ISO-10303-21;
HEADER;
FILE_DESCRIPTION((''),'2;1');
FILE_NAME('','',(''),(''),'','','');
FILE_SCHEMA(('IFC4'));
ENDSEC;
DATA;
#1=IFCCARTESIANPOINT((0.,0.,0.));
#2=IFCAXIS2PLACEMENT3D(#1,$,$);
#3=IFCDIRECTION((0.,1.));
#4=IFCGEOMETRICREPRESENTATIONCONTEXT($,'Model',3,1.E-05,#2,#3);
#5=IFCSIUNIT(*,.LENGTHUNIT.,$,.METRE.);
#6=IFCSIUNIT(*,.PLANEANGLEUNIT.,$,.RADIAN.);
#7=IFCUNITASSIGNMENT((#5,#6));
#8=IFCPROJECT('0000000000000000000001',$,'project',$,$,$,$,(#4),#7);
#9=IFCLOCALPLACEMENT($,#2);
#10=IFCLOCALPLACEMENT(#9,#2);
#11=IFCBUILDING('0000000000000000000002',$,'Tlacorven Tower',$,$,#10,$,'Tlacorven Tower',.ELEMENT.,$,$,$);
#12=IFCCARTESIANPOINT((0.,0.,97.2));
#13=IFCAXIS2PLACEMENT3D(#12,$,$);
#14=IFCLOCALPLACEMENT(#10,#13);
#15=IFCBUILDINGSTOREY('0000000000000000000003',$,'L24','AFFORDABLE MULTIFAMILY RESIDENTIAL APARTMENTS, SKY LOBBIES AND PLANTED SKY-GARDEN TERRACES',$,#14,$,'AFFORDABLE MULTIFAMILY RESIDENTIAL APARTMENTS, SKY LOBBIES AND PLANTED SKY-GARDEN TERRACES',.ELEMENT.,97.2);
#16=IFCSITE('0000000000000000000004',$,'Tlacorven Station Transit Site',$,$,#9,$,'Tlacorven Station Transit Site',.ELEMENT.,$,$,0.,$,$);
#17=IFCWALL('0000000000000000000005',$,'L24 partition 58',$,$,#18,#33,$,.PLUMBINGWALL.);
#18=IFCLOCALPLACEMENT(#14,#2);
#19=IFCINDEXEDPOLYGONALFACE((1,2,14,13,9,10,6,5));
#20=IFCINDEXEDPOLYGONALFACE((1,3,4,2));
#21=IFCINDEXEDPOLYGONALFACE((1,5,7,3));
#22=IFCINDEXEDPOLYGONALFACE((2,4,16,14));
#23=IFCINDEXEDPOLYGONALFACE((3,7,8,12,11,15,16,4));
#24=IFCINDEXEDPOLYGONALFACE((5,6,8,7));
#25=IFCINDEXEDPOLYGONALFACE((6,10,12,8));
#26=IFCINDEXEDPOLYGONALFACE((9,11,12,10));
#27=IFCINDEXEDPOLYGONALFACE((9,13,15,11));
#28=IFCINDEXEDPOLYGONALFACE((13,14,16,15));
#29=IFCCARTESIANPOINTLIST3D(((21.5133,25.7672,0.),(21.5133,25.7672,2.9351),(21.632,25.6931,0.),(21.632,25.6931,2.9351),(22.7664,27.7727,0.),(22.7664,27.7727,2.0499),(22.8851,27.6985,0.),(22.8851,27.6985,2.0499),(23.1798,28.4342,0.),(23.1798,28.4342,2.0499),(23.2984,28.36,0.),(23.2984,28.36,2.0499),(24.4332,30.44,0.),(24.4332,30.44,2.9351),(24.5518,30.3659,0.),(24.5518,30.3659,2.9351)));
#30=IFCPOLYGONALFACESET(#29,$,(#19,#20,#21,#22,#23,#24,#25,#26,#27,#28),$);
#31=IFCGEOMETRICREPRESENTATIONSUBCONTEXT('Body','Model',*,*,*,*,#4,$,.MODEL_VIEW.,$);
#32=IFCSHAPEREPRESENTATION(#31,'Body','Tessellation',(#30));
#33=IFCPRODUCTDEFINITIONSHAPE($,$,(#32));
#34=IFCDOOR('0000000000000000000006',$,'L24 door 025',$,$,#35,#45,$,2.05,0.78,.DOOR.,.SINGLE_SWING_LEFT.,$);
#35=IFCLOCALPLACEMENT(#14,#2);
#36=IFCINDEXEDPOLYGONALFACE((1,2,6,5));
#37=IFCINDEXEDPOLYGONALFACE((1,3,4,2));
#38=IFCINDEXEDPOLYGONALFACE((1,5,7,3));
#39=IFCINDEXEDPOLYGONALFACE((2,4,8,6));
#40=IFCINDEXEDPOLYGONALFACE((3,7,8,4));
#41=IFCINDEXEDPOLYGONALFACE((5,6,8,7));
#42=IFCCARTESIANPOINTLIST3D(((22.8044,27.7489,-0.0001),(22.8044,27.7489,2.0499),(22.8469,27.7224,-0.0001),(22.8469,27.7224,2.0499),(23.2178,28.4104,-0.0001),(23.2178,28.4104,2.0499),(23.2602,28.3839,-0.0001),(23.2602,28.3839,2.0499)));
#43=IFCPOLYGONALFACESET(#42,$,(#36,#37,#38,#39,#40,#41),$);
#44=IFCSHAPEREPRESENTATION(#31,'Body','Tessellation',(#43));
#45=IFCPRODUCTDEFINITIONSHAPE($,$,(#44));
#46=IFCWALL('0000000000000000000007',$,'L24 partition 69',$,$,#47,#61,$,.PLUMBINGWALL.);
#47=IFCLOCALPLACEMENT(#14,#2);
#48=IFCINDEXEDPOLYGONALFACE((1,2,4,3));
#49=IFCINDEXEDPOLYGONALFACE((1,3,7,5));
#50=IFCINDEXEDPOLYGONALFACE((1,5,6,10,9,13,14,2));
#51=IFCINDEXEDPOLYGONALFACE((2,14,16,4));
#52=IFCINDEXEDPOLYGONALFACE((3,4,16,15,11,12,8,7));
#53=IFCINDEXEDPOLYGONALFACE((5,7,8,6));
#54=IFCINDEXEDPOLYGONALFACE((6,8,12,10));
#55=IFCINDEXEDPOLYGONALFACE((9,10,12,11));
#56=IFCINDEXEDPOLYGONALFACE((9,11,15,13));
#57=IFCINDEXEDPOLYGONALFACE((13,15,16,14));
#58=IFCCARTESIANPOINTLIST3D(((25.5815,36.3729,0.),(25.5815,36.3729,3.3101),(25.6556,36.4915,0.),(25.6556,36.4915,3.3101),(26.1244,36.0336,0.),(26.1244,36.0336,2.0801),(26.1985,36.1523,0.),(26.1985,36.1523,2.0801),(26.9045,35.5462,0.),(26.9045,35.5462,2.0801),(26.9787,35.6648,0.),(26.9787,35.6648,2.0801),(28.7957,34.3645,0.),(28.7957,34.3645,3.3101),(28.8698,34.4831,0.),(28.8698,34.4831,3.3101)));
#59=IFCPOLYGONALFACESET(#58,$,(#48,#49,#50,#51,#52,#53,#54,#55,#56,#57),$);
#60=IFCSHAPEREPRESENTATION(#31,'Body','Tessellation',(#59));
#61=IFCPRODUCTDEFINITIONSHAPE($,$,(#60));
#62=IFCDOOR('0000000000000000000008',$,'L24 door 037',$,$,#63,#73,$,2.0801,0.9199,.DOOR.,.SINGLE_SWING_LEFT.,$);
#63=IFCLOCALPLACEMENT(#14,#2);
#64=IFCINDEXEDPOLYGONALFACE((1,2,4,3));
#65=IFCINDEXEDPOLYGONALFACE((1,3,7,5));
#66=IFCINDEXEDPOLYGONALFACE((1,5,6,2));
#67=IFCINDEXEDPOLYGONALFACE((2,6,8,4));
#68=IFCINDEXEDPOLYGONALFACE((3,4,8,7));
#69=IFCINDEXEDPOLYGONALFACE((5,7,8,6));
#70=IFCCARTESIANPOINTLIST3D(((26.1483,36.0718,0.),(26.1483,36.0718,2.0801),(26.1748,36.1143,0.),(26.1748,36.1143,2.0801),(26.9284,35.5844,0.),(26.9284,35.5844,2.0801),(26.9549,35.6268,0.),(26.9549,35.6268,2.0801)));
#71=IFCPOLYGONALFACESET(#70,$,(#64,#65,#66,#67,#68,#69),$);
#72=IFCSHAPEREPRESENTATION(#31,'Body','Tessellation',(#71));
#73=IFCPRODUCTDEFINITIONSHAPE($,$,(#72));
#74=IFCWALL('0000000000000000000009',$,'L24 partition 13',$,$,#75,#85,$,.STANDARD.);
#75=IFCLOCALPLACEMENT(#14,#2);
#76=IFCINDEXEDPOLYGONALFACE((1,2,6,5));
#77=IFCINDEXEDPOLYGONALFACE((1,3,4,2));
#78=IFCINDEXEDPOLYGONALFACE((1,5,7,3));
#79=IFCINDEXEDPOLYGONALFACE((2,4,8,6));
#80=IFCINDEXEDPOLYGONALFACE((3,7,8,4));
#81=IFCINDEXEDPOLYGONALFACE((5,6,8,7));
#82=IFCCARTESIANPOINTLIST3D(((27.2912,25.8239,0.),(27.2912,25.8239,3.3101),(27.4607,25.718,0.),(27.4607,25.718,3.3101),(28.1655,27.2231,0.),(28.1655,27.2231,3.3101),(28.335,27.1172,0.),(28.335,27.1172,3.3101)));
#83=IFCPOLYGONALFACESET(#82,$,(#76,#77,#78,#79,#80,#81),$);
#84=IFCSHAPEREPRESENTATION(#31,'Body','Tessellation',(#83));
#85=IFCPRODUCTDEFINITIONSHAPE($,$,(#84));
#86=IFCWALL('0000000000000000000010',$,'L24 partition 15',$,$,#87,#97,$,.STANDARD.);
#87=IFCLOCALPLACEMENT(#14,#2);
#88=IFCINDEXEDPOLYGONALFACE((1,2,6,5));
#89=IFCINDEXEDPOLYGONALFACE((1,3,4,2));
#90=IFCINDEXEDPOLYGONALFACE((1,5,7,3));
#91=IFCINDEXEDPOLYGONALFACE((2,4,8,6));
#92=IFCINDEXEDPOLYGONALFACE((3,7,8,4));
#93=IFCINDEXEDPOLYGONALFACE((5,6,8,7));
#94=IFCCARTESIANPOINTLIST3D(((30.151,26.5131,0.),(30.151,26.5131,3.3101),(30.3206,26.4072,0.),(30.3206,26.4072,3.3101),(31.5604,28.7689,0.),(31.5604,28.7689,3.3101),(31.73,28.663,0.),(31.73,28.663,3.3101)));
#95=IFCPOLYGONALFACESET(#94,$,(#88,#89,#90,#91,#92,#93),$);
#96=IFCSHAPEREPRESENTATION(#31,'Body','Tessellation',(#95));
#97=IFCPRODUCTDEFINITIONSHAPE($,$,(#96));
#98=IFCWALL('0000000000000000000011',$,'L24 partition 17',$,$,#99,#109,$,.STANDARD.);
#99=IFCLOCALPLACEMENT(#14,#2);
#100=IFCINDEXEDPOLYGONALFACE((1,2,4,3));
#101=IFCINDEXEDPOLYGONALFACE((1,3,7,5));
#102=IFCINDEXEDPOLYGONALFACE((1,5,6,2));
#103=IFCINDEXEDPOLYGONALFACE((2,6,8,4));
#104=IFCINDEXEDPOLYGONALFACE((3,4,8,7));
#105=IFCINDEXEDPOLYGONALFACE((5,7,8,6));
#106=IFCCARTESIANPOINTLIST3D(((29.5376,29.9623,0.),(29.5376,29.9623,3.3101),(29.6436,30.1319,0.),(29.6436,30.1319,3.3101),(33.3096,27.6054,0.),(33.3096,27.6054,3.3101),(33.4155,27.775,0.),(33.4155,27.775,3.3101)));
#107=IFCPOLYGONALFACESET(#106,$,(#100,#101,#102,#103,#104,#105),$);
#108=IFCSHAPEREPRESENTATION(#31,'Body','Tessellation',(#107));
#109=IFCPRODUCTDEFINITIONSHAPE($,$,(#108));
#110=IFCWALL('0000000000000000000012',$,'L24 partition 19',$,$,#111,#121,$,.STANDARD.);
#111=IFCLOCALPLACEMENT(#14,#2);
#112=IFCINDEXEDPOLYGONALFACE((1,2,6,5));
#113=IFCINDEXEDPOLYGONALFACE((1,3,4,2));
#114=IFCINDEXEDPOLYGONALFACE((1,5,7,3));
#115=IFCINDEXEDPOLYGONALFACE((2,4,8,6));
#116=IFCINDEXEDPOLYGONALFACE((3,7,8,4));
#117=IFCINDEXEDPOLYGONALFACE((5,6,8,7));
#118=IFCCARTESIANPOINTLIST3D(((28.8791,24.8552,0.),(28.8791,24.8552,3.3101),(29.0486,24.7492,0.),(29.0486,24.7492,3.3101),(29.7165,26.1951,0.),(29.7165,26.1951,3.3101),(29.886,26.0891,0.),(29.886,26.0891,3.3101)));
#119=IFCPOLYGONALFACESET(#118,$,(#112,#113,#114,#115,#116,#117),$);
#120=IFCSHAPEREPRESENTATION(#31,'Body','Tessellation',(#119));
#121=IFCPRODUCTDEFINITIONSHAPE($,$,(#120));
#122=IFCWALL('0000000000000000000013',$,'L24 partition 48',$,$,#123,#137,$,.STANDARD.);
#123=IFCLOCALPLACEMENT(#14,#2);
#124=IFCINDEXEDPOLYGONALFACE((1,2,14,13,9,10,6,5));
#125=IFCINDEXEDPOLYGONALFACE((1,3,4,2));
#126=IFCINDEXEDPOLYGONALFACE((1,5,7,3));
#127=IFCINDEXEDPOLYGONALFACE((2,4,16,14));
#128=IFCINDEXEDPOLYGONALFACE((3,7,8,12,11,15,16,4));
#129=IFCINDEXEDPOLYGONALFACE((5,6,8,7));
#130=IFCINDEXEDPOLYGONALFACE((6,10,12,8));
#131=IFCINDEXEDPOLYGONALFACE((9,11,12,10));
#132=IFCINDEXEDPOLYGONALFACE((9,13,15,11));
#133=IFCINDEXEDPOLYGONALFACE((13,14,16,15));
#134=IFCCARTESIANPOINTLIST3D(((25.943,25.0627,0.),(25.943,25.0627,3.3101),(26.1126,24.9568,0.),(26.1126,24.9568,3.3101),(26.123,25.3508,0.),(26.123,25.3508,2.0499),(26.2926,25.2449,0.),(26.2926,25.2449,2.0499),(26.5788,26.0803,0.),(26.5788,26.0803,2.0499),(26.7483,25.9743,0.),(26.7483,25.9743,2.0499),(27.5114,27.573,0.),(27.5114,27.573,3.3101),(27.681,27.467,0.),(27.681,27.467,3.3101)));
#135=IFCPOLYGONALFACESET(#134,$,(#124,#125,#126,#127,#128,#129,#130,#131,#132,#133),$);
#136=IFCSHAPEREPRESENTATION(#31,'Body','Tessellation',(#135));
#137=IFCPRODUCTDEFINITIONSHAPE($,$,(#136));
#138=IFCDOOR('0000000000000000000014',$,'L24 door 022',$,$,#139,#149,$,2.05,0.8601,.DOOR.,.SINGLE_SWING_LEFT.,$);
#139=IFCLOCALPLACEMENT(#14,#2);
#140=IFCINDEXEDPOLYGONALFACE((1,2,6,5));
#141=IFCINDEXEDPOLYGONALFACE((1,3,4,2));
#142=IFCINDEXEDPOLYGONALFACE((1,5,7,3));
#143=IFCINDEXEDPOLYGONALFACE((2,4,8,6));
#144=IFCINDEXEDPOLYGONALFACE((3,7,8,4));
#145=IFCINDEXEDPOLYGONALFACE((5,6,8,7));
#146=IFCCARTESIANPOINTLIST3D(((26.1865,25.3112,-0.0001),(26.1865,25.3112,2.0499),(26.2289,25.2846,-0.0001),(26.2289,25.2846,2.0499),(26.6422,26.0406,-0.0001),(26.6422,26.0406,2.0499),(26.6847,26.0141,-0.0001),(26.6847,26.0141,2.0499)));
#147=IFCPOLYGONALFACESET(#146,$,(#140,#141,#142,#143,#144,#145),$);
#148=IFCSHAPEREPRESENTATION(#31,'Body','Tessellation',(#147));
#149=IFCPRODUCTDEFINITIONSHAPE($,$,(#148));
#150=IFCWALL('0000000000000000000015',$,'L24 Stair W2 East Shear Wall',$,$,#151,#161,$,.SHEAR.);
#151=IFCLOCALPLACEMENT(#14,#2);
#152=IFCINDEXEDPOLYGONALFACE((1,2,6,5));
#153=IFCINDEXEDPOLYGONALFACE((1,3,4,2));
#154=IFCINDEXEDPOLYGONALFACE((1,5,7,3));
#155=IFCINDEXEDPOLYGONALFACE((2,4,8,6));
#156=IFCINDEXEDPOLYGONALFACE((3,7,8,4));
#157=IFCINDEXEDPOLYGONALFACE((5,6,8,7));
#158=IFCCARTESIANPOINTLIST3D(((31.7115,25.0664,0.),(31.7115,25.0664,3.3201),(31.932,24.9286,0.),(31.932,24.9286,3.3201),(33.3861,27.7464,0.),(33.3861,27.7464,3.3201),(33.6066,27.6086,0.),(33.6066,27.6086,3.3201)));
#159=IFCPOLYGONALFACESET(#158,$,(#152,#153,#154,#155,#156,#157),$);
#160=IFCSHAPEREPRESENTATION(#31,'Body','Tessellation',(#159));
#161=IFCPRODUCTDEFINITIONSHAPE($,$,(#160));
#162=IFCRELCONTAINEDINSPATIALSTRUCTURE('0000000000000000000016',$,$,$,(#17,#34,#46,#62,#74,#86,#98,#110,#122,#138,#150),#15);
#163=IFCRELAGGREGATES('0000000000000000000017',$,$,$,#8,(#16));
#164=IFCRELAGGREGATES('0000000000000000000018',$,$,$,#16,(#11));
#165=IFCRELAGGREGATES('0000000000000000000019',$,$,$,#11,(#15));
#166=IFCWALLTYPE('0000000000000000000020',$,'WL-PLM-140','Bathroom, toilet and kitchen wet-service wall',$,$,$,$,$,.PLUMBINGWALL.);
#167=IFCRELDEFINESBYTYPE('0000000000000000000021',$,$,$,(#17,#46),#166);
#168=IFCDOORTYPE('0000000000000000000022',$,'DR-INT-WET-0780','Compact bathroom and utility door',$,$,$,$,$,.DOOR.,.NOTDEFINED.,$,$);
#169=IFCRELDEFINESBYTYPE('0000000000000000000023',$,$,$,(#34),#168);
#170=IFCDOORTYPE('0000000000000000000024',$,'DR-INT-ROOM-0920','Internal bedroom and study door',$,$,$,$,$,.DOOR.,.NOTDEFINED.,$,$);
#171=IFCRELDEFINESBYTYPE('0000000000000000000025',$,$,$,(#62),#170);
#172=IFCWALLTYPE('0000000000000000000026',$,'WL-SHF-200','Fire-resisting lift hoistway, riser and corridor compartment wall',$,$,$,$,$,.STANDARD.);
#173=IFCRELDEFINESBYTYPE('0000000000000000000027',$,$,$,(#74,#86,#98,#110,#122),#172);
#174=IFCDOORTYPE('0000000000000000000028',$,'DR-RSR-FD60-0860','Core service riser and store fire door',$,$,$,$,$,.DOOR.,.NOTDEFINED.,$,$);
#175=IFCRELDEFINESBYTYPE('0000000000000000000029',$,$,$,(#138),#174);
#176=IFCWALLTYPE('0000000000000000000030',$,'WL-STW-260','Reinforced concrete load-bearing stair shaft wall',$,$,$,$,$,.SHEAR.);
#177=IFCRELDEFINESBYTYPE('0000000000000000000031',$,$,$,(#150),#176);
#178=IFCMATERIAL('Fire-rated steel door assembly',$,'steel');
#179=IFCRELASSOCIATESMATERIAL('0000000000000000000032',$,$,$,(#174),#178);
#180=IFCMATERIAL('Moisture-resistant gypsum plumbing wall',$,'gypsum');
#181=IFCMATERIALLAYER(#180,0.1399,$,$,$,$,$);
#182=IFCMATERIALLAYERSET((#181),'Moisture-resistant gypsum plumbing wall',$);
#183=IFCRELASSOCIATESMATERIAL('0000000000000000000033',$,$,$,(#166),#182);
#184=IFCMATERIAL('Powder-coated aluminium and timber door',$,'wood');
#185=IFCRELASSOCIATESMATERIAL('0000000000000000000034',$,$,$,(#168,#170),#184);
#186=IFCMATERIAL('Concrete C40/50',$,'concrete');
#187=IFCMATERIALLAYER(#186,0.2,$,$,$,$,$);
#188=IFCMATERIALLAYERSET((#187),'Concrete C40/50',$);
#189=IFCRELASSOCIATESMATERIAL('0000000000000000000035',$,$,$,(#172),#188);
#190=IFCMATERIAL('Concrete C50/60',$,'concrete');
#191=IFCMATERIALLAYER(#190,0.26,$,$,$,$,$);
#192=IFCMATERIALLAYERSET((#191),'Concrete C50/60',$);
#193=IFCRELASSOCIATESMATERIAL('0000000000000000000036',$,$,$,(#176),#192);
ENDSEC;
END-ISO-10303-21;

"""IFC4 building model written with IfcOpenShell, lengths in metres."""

from ifc_helpers import new_model, si_unit, direction, frame, frame_2d, origin, place, context, subcontext, project, spatial, rectangle, extrude, source, transform, mapped, material, layer, layer_set, type_object, element, fill, save


model = new_model("IFC4")

# Units and contexts
model_context = context("Model", 3, precision=1e-05, world=origin(), true_north=direction((0.0, 1.0)))
body_context = subcontext(model_context, "Body", "Model", "MODEL_VIEW")
ifc_project = project(units=[si_unit("LENGTHUNIT", "METRE"), si_unit("PLANEANGLEUNIT", "RADIAN")], contexts=[model_context])

# Site, building, storey
site_placement = place(None, origin())
site = spatial("IfcSite", under=ifc_project, at=site_placement, Name="Tlacorven Station Transit Site", LongName="Tlacorven Station Transit Site", CompositionType="ELEMENT", RefElevation=0.0)
building_placement = place(site_placement, origin())
building = spatial("IfcBuilding", under=site, at=building_placement, Name="Tlacorven Tower", LongName="Tlacorven Tower", CompositionType="ELEMENT")
storey_placement = place(building_placement, frame((0.0, 0.0, 97.2)))
storey = spatial("IfcBuildingStorey", under=building, at=storey_placement, Name="L24", Description="AFFORDABLE MULTIFAMILY RESIDENTIAL APARTMENTS, SKY LOBBIES AND PLANTED SKY-GARDEN TERRACES", LongName="AFFORDABLE MULTIFAMILY RESIDENTIAL APARTMENTS, SKY LOBBIES AND PLANTED SKY-GARDEN TERRACES", CompositionType="ELEMENT", Elevation=97.2)

# Shared definitions
ifc_material_1 = material(Name="Fire-rated steel door assembly", Category="steel")
door_type_1 = type_object("IfcDoorType", Name="DR-RSR-FD60-0860", Description="Core service riser and store fire door", OperationType="NOTDEFINED", PredefinedType="DOOR", material=ifc_material_1)
shared_shape_1 = source(origin(), body_context, "Body", "SweptSolid", [
    extrude(rectangle(XDim=0.8601, YDim=2.05, at=frame_2d((0.4302, 1.0249))), frame((0.0, 0.0249, 0.0), z_axis=(0.0, -1.0, 0.0), x_axis=(1.0, 0.0, 0.0)), (0.0, 0.0, 1.0), 0.05),
])

# Walls, openings, doors
ifc_material_2 = material(Name="Moisture-resistant gypsum plumbing wall", Category="gypsum")
ifc_layer_1 = layer(ifc_material_2, 0.1399)
ifc_layer_set_1 = layer_set([ifc_layer_1], Name="Moisture-resistant gypsum plumbing wall")
wall_type_1 = type_object("IfcWallType", Name="WL-PLM-140", Description="Bathroom, toilet and kitchen wet-service wall", PredefinedType="PLUMBINGWALL", material=ifc_layer_set_1)
wall_1_placement = place(storey_placement, frame((24.4924, 30.4028, 0.0), z_axis=(0.0, 0.0, 1.0), x_axis=(-0.529919, -0.848048, 0.0)))
wall_1 = element("IfcWall", 1, at=wall_1_placement, inside=storey, type_object=wall_type_1, Name="L24 partition 58", PredefinedType="PLUMBINGWALL", context=body_context, shape_type="SweptSolid", body=[
    extrude(rectangle(XDim=5.51, YDim=0.1399, at=frame_2d((2.7549, 0.0))), origin(), (0.0, 0.0, 1.0), 2.9351),
])
opening_1_placement = place(wall_1_placement, frame((2.365, 0.0, 0.0)))
opening_1 = element("IfcOpeningElement", 2, at=opening_1_placement, cuts=wall_1, PredefinedType="OPENING", context=body_context, shape_type="SweptSolid", body=[
    extrude(rectangle(XDim=0.78, YDim=2.05, at=frame_2d((0.3901, 1.0249))), frame((0.0, 0.0801, 0.0), z_axis=(0.0, -1.0, 0.0), x_axis=(1.0, 0.0, 0.0)), (0.0, 0.0, 1.0), 0.1599),
])
ifc_material_3 = material(Name="Powder-coated aluminium and timber door", Category="wood")
door_type_2 = type_object("IfcDoorType", Name="DR-INT-WET-0780", Description="Compact bathroom and utility door", OperationType="NOTDEFINED", PredefinedType="DOOR", material=ifc_material_3)
shared_shape_2 = source(origin(), body_context, "Body", "SweptSolid", [
    extrude(rectangle(XDim=0.78, YDim=2.05, at=frame_2d((0.3901, 1.0249))), frame((0.0, 0.0249, 0.0), z_axis=(0.0, -1.0, 0.0), x_axis=(1.0, 0.0, 0.0)), (0.0, 0.0, 1.0), 0.05),
])
door_1_placement = place(opening_1_placement, origin())
door_1 = element("IfcDoor", 3, at=door_1_placement, inside=storey, type_object=door_type_2, Name="L24 door 025", OperationType="SINGLE_SWING_LEFT", OverallHeight=2.05, OverallWidth=0.78, PredefinedType="DOOR", context=body_context, shape_type="MappedRepresentation", body=[
    mapped(shared_shape_2, transform((0.0, 0.0, 0.0), scale=1.0)),
])
fill(opening_1, door_1)
wall_2_placement = place(storey_placement, frame((28.8328, 34.4238, 0.0), z_axis=(0.0, 0.0, 1.0), x_axis=(-0.84806, 0.529901, 0.0)))
wall_2 = element("IfcWall", 4, at=wall_2_placement, inside=storey, type_object=wall_type_1, Name="L24 partition 69", PredefinedType="PLUMBINGWALL", context=body_context, shape_type="SweptSolid", body=[
    extrude(rectangle(XDim=3.79, YDim=0.1399, at=frame_2d((1.895, 0.0))), origin(), (0.0, 0.0, 1.0), 3.3101),
])
opening_2_placement = place(wall_2_placement, frame((2.23, 0.0, 0.0)))
opening_2 = element("IfcOpeningElement", 5, at=opening_2_placement, cuts=wall_2, PredefinedType="OPENING", context=body_context, shape_type="SweptSolid", body=[
    extrude(rectangle(XDim=0.9199, YDim=2.0801, at=frame_2d((0.46, 1.04))), frame((0.0, 0.0801, 0.0), z_axis=(0.0, -1.0, 0.0), x_axis=(1.0, 0.0, 0.0)), (0.0, 0.0, 1.0), 0.1599),
])
door_type_3 = type_object("IfcDoorType", Name="DR-INT-ROOM-0920", Description="Internal bedroom and study door", OperationType="NOTDEFINED", PredefinedType="DOOR", material=ifc_material_3)
shared_shape_3 = source(origin(), body_context, "Body", "SweptSolid", [
    extrude(rectangle(XDim=0.9199, YDim=2.0801, at=frame_2d((0.46, 1.04))), frame((0.0, 0.0249, 0.0), z_axis=(0.0, -1.0, 0.0), x_axis=(1.0, 0.0, 0.0)), (0.0, 0.0, 1.0), 0.05),
])
door_2_placement = place(opening_2_placement, origin())
door_2 = element("IfcDoor", 6, at=door_2_placement, inside=storey, type_object=door_type_3, Name="L24 door 037", OperationType="SINGLE_SWING_LEFT", OverallHeight=2.0801, OverallWidth=0.9199, PredefinedType="DOOR", context=body_context, shape_type="MappedRepresentation", body=[
    mapped(shared_shape_3, transform((0.0, 0.0, 0.0), scale=1.0)),
])
fill(opening_2, door_2)

# Walls
ifc_material_4 = material(Name="Concrete C40/50", Category="concrete")
ifc_layer_2 = layer(ifc_material_4, 0.2)
ifc_layer_set_2 = layer_set([ifc_layer_2], Name="Concrete C40/50")
wall_type_2 = type_object("IfcWallType", Name="WL-SHF-200", Description="Fire-resisting lift hoistway, riser and corridor compartment wall", PredefinedType="STANDARD", material=ifc_layer_set_2)
wall_3_placement = place(storey_placement, frame((28.2502, 27.1702, 0.0), z_axis=(0.0, 0.0, 1.0), x_axis=(-0.529906, -0.848056, 0.0)))
element("IfcWall", 7, at=wall_3_placement, inside=storey, type_object=wall_type_2, Name="L24 partition 13", PredefinedType="STANDARD", context=body_context, shape_type="SweptSolid", body=[
    extrude(rectangle(XDim=1.6499, YDim=0.2, at=frame_2d((0.825, 0.0))), origin(), (0.0, 0.0, 1.0), 3.3101),
])
wall_4_placement = place(storey_placement, frame((31.6453, 28.7161, 0.0), z_axis=(0.0, 0.0, 1.0), x_axis=(-0.529867, -0.848081, 0.0)))
element("IfcWall", 8, at=wall_4_placement, inside=storey, type_object=wall_type_2, Name="L24 partition 15", PredefinedType="STANDARD", context=body_context, shape_type="SweptSolid", body=[
    extrude(rectangle(XDim=2.6599, YDim=0.2, at=frame_2d((1.3301, 0.0))), origin(), (0.0, 0.0, 1.0), 3.3101),
])
wall_5_placement = place(storey_placement, frame((33.3625, 27.6902, 0.0), z_axis=(0.0, 0.0, 1.0), x_axis=(-0.848054, 0.52991, 0.0)))
element("IfcWall", 9, at=wall_5_placement, inside=storey, type_object=wall_type_2, Name="L24 partition 17", PredefinedType="STANDARD", context=body_context, shape_type="SweptSolid", body=[
    extrude(rectangle(XDim=4.4478, YDim=0.2, at=frame_2d((2.2239, 0.0))), origin(), (0.0, 0.0, 1.0), 3.3101),
])
wall_6_placement = place(storey_placement, frame((29.8013, 26.1421, 0.0), z_axis=(0.0, 0.0, 1.0), x_axis=(-0.529999, -0.847998, 0.0)))
element("IfcWall", 10, at=wall_6_placement, inside=storey, type_object=wall_type_2, Name="L24 partition 19", PredefinedType="STANDARD", context=body_context, shape_type="SweptSolid", body=[
    extrude(rectangle(XDim=1.5801, YDim=0.2, at=frame_2d((0.79, 0.0))), origin(), (0.0, 0.0, 1.0), 3.3101),
])

# Wall, opening, door
wall_7_placement = place(storey_placement, frame((27.5962, 27.52, 0.0), z_axis=(0.0, 0.0, 1.0), x_axis=(-0.529865, -0.848082, 0.0)))
wall_7 = element("IfcWall", 11, at=wall_7_placement, inside=storey, type_object=wall_type_2, Name="L24 partition 48", PredefinedType="STANDARD", context=body_context, shape_type="SweptSolid", body=[
    extrude(rectangle(XDim=2.96, YDim=0.2, at=frame_2d((1.48, 0.0))), origin(), (0.0, 0.0, 1.0), 3.3101),
])
opening_3_placement = place(wall_7_placement, frame((1.76, 0.0, 0.0)))
opening_3 = element("IfcOpeningElement", 12, at=opening_3_placement, cuts=wall_7, PredefinedType="OPENING", context=body_context, shape_type="SweptSolid", body=[
    extrude(rectangle(XDim=0.8601, YDim=2.05, at=frame_2d((0.4302, 1.0249))), frame((0.0, 0.1099, 0.0), z_axis=(0.0, -1.0, 0.0), x_axis=(1.0, 0.0, 0.0)), (0.0, 0.0, 1.0), 0.22),
])
door_3_placement = place(opening_3_placement, origin())
door_3 = element("IfcDoor", 13, at=door_3_placement, inside=storey, type_object=door_type_1, Name="L24 door 022", OperationType="SINGLE_SWING_LEFT", OverallHeight=2.05, OverallWidth=0.8601, PredefinedType="DOOR", context=body_context, shape_type="MappedRepresentation", body=[
    mapped(shared_shape_1, transform((0.0, 0.0, 0.0), scale=1.0)),
])
fill(opening_3, door_3)

# Wall
ifc_material_5 = material(Name="Concrete C50/60", Category="concrete")
ifc_layer_3 = layer(ifc_material_5, 0.26)
ifc_layer_set_3 = layer_set([ifc_layer_3], Name="Concrete C50/60")
wall_type_3 = type_object("IfcWallType", Name="WL-STW-260", Description="Reinforced concrete load-bearing stair shaft wall", PredefinedType="SHEAR", material=ifc_layer_set_3)
wall_8_placement = place(storey_placement, frame((33.4963, 27.6775, 0.0), z_axis=(0.0, 0.0, 1.0), x_axis=(-0.529909, -0.848055, 0.0)))
element("IfcWall", 14, at=wall_8_placement, inside=storey, type_object=wall_type_3, Name="L24 Stair W2 East Shear Wall", PredefinedType="SHEAR", context=body_context, shape_type="SweptSolid", body=[
    extrude(rectangle(XDim=3.1602, YDim=0.26, at=frame_2d((1.5801, 0.0))), origin(), (0.0, 0.0, 1.0), 3.3201),
])

save(model, "model.ifc")
